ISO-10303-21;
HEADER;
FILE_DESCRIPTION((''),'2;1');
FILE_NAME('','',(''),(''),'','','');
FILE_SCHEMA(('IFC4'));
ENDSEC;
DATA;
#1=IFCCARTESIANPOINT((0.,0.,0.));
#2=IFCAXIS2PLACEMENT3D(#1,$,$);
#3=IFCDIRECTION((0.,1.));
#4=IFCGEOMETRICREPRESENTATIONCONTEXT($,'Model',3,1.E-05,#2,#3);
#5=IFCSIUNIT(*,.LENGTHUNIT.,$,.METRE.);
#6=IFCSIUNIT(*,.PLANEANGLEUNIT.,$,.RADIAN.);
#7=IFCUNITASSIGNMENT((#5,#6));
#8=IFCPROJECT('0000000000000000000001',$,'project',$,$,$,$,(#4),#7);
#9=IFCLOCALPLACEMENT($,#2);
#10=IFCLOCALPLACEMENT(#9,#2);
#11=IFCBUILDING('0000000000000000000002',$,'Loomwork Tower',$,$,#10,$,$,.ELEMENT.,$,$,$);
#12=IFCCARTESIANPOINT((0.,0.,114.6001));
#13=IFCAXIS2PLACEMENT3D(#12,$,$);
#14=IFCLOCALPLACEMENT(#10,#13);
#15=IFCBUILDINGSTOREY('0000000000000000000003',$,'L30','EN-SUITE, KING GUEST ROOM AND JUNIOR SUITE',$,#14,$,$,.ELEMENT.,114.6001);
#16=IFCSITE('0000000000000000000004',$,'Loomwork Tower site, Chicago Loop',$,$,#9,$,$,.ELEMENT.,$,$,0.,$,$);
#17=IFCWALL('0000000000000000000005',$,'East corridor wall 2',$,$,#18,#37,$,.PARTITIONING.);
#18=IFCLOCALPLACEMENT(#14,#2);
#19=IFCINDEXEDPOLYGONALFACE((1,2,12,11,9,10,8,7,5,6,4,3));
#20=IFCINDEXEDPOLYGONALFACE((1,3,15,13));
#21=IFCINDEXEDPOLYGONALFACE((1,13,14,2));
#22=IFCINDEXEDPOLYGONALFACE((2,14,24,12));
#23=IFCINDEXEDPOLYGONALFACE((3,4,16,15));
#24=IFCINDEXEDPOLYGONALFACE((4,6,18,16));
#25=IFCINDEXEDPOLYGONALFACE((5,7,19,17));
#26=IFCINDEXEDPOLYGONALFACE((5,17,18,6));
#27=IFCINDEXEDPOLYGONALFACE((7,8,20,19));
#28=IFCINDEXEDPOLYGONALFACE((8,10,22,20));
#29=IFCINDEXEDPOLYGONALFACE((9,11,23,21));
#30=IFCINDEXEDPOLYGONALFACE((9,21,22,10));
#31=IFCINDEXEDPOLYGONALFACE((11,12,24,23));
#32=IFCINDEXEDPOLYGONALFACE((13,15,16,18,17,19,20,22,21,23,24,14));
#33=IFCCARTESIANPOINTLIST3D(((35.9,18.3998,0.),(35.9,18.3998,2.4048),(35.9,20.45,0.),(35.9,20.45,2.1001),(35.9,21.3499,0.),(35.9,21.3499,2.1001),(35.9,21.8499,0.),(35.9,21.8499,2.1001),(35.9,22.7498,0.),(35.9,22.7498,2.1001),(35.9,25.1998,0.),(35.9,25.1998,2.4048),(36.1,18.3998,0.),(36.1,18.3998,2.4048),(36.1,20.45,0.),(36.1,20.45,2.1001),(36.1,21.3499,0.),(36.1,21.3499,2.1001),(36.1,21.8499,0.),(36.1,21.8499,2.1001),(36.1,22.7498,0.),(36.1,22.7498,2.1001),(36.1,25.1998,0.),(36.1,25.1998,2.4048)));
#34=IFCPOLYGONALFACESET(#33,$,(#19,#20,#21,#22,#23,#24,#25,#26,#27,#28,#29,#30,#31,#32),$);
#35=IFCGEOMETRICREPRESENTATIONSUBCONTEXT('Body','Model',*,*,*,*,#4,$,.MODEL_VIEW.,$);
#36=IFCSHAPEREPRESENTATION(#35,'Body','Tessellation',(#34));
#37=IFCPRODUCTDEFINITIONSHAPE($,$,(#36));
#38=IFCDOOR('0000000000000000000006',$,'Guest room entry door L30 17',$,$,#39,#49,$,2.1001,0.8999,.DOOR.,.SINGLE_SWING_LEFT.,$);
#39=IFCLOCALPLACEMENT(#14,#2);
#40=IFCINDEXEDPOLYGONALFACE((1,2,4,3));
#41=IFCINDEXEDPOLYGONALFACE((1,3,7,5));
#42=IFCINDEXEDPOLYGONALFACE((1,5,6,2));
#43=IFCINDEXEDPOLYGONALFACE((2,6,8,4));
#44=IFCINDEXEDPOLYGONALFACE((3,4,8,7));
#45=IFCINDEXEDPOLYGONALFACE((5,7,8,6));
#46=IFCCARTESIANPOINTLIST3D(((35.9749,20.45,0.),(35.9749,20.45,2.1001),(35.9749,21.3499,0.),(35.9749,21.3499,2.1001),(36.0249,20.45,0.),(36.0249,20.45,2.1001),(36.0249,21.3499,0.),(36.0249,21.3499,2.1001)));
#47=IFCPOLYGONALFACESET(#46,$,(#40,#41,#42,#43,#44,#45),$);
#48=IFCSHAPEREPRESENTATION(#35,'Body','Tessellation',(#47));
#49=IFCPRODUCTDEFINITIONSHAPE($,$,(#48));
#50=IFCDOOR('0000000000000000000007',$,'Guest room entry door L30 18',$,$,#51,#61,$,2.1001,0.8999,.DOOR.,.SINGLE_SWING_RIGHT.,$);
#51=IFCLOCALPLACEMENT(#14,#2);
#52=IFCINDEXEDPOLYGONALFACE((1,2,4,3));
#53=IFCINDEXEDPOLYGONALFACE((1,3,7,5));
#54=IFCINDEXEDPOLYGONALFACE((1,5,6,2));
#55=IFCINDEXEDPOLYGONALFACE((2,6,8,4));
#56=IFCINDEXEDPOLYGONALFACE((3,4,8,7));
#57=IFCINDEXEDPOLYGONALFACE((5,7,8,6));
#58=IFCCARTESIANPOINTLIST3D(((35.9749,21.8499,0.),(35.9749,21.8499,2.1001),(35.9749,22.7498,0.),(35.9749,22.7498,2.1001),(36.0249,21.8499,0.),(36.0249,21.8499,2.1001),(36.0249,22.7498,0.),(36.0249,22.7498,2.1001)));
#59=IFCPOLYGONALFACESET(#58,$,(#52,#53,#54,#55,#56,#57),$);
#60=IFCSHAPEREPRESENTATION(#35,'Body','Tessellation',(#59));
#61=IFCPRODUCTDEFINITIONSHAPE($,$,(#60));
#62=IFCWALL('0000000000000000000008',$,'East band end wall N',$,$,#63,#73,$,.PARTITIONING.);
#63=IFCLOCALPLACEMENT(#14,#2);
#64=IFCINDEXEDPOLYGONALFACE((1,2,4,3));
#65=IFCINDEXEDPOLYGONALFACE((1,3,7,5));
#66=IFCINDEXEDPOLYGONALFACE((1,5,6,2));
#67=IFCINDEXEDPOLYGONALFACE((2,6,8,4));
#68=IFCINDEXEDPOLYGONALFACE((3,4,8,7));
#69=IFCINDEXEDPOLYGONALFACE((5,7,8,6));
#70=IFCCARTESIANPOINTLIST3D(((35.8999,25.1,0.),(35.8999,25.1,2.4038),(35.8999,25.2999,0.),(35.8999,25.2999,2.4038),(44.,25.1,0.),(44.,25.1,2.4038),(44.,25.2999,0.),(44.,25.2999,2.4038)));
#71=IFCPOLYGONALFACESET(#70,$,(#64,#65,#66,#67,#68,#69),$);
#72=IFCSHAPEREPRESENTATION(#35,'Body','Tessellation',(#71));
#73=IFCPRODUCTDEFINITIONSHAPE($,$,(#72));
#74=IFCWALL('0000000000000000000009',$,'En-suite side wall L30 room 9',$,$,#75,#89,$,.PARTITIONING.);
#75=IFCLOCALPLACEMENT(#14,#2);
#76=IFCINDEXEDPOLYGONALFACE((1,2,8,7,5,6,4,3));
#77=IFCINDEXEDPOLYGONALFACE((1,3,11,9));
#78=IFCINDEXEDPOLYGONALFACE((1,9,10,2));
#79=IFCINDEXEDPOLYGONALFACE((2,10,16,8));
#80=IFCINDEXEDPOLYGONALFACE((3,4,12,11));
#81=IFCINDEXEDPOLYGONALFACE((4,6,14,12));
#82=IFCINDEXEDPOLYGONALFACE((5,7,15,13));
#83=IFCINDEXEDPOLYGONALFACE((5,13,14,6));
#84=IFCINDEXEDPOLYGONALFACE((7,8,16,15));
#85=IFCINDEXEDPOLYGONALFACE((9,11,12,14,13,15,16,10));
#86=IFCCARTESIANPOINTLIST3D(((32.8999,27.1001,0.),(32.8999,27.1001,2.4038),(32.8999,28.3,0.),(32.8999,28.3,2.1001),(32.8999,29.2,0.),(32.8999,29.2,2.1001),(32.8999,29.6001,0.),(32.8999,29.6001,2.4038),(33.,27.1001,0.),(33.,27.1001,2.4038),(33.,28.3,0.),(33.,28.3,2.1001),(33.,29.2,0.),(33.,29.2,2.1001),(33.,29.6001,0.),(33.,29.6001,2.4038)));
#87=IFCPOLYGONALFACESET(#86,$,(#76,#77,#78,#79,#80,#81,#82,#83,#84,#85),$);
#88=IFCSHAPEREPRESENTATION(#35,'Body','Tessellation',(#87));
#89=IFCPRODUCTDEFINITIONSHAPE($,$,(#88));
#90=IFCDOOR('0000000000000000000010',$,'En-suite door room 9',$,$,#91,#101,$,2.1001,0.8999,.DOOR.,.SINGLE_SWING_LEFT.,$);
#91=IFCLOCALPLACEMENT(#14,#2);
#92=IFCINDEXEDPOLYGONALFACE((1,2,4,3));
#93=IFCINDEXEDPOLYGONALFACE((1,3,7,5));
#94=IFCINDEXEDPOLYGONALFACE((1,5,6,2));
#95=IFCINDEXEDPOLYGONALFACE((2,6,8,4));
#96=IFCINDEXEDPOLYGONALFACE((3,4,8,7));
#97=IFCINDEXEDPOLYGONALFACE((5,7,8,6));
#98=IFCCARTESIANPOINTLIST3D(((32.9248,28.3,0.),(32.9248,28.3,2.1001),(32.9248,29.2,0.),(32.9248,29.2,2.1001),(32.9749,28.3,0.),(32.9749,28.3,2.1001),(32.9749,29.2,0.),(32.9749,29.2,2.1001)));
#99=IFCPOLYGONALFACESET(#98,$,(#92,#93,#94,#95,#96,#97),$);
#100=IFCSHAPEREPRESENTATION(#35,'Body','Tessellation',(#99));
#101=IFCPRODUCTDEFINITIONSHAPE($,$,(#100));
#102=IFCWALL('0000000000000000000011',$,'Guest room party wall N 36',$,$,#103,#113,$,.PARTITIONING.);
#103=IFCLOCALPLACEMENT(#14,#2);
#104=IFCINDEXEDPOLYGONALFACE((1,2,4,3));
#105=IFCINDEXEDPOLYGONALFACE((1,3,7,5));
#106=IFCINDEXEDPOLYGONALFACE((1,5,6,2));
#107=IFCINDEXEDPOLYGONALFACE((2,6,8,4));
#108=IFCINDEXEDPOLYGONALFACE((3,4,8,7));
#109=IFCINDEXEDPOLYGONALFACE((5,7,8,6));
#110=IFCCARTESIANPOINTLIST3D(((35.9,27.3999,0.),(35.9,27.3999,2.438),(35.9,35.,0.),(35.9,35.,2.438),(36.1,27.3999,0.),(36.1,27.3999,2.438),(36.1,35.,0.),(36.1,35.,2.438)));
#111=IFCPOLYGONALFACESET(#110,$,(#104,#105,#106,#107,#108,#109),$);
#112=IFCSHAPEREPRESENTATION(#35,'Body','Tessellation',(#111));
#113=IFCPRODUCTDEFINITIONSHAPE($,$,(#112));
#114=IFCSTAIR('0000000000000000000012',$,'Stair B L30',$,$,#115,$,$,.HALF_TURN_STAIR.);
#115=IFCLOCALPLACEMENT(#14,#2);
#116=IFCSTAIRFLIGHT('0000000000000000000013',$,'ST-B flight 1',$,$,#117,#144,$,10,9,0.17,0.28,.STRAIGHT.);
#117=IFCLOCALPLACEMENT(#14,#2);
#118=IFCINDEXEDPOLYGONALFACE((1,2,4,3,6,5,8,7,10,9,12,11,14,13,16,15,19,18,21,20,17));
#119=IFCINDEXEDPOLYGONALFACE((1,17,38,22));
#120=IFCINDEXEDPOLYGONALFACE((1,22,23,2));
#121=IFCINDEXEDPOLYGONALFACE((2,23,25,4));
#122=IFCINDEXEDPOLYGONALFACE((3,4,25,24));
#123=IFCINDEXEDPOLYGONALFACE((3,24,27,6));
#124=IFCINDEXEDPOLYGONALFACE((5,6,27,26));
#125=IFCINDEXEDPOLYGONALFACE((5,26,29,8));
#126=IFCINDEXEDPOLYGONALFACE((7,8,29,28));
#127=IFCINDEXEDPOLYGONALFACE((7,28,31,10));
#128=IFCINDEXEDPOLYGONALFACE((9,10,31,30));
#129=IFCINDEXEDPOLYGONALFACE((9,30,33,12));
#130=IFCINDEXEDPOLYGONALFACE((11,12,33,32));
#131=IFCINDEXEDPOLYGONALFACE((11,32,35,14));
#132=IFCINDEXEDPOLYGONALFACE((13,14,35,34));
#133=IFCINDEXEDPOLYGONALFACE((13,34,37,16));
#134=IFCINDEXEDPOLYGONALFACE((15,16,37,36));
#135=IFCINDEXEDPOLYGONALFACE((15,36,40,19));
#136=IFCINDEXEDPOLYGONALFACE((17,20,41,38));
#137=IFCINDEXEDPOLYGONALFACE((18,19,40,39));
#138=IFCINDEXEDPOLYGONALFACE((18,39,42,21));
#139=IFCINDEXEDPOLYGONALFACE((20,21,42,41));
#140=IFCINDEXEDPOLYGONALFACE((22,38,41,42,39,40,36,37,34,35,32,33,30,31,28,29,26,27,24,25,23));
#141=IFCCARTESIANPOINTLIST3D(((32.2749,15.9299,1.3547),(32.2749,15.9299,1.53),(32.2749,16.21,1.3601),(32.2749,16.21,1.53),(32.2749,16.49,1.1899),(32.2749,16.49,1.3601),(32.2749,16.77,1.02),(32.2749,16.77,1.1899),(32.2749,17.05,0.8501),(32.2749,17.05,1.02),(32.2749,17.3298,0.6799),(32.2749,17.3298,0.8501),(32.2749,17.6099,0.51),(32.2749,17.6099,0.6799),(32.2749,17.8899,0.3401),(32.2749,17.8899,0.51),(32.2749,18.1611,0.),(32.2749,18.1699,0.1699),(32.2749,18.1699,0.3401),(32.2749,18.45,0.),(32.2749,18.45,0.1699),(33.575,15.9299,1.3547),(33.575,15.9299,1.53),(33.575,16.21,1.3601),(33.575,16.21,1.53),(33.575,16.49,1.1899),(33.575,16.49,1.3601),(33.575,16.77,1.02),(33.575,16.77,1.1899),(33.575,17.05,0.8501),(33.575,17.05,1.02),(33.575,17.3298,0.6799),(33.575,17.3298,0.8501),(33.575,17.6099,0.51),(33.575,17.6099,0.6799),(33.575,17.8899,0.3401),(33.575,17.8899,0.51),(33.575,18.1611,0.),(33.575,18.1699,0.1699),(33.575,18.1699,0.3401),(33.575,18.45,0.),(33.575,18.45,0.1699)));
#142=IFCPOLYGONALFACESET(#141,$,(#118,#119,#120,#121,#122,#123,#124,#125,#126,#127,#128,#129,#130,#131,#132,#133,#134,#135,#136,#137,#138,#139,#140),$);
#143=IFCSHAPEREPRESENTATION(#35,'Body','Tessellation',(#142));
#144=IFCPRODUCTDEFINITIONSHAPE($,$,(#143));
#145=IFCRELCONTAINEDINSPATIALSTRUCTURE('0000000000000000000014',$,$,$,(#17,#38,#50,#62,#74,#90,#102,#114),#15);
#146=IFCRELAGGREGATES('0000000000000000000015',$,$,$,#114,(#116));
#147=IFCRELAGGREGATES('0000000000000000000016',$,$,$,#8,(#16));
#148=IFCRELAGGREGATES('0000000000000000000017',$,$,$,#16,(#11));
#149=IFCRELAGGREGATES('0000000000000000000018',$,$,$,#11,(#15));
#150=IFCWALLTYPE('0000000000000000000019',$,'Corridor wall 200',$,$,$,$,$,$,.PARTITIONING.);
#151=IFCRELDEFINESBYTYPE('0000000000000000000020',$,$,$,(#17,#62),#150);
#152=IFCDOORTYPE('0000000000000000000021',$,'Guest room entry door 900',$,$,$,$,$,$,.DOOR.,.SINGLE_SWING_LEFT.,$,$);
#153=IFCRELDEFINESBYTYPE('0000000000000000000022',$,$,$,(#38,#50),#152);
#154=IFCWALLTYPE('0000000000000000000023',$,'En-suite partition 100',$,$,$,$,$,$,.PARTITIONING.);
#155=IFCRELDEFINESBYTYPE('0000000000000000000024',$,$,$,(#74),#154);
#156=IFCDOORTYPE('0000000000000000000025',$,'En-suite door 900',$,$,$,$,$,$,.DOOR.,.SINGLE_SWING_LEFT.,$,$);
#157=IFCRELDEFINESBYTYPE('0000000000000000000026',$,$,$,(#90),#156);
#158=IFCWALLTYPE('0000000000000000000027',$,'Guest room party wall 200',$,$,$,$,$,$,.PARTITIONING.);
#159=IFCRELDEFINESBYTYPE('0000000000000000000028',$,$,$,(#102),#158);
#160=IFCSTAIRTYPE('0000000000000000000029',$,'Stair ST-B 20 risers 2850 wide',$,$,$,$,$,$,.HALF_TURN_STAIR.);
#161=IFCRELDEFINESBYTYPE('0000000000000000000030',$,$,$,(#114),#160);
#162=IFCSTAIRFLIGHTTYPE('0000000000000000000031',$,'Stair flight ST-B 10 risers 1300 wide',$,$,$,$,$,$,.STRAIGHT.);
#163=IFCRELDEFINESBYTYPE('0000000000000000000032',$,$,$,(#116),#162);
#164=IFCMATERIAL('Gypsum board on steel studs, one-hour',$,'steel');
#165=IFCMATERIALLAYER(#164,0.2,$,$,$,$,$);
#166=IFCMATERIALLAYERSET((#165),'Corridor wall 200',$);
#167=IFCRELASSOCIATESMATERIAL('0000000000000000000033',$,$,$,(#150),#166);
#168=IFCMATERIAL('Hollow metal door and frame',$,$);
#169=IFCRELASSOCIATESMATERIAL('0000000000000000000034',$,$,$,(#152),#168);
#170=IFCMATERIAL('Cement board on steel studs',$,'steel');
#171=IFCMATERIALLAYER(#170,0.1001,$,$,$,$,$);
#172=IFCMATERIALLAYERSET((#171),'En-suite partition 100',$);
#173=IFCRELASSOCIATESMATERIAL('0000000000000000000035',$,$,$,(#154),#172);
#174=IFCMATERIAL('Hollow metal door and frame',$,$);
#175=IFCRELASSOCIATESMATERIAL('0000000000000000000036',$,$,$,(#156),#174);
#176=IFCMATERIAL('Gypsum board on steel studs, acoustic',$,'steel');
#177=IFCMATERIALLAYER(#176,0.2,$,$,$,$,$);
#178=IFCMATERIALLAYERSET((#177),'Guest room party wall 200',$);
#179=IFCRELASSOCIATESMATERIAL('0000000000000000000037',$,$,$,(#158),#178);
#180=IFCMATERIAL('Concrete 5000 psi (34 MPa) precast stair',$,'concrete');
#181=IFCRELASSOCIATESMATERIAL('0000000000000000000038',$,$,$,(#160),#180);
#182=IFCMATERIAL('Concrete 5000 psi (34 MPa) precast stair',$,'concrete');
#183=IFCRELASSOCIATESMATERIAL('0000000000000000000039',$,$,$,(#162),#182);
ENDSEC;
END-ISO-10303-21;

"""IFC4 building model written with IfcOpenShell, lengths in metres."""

from ifc_helpers import new_model, si_unit, direction, frame, frame_2d, origin, place, context, subcontext, project, spatial, polyline, rectangle, outline, extrude, material, layer, layer_set, type_object, element, fill, aggregate, save


model = new_model("IFC4")

# Units and contexts
model_context = context("Model", 3, precision=1e-05, world=origin(), true_north=direction((0.0, 1.0)))
body_context = subcontext(model_context, "Body", "Model", "MODEL_VIEW")
ifc_project = project(units=[si_unit("LENGTHUNIT", "METRE"), si_unit("PLANEANGLEUNIT", "RADIAN")], contexts=[model_context])

# Site, building, storey
site_placement = place(None, origin())
site = spatial("IfcSite", under=ifc_project, at=site_placement, Name="Loomwork Tower site, Chicago Loop", CompositionType="ELEMENT", RefElevation=0.0)
building_placement = place(site_placement, origin())
building = spatial("IfcBuilding", under=site, at=building_placement, Name="Loomwork Tower", CompositionType="ELEMENT")
storey_placement = place(building_placement, frame((0.0, 0.0, 114.6001)))
storey = spatial("IfcBuildingStorey", under=building, at=storey_placement, Name="L30", Description="EN-SUITE, KING GUEST ROOM AND JUNIOR SUITE", CompositionType="ELEMENT", Elevation=114.6001)

# Wall, openings, doors
ifc_material_1 = material(Name="Gypsum board on steel studs, one-hour", Category="steel")
ifc_layer_1 = layer(ifc_material_1, 0.2)
ifc_layer_set_1 = layer_set([ifc_layer_1], Name="Corridor wall 200")
wall_type_1 = type_object("IfcWallType", Name="Corridor wall 200", PredefinedType="PARTITIONING", material=ifc_layer_set_1)
wall_1_placement = place(storey_placement, frame((36.0, 18.3999, 0.0), z_axis=(0.0, 0.0, 1.0), x_axis=(0.0, 1.0, 0.0)))
wall_1 = element("IfcWall", 1, at=wall_1_placement, inside=storey, type_object=wall_type_1, Name="East corridor wall 2", PredefinedType="PARTITIONING", context=body_context, shape_type="SweptSolid", body=[
    extrude(rectangle(XDim=6.8, YDim=0.2, at=frame_2d((3.3999, 0.0))), origin(), (0.0, 0.0, 1.0), 2.4048),
])
opening_1_placement = place(wall_1_placement, frame((2.05, 0.0, 0.0)))
opening_1 = element("IfcOpeningElement", 2, at=opening_1_placement, cuts=wall_1, PredefinedType="OPENING", context=body_context, shape_type="SweptSolid", body=[
    extrude(rectangle(XDim=0.8999, YDim=2.1001, at=frame_2d((0.45, 1.05))), frame((0.0, 0.1099, 0.0), z_axis=(0.0, -1.0, 0.0), x_axis=(1.0, 0.0, 0.0)), (0.0, 0.0, 1.0), 0.22),
])
opening_2_placement = place(wall_1_placement, frame((3.45, 0.0, 0.0)))
opening_2 = element("IfcOpeningElement", 3, at=opening_2_placement, cuts=wall_1, PredefinedType="OPENING", context=body_context, shape_type="SweptSolid", body=[
    extrude(rectangle(XDim=0.8999, YDim=2.1001, at=frame_2d((0.45, 1.05))), frame((0.0, 0.1099, 0.0), z_axis=(0.0, -1.0, 0.0), x_axis=(1.0, 0.0, 0.0)), (0.0, 0.0, 1.0), 0.22),
])
ifc_material_2 = material(Name="Hollow metal door and frame")
door_type_1 = type_object("IfcDoorType", Name="Guest room entry door 900", OperationType="SINGLE_SWING_LEFT", PredefinedType="DOOR", material=ifc_material_2)
door_1_placement = place(opening_1_placement, frame((0.8999, 0.0, 0.0), z_axis=(0.0, 0.0, 1.0), x_axis=(-1.0, 0.0, 0.0)))
door_1 = element("IfcDoor", 4, at=door_1_placement, inside=storey, type_object=door_type_1, Name="Guest room entry door L30 17", OperationType="SINGLE_SWING_LEFT", OverallHeight=2.1001, OverallWidth=0.8999, PredefinedType="DOOR", context=body_context, shape_type="SweptSolid", body=[
    extrude(rectangle(XDim=0.8999, YDim=2.1001, at=frame_2d((0.45, 1.05))), frame((0.0, 0.0249, 0.0), z_axis=(0.0, -1.0, 0.0), x_axis=(1.0, 0.0, 0.0)), (0.0, 0.0, 1.0), 0.05),
])
fill(opening_1, door_1)
door_2_placement = place(opening_2_placement, frame((0.8999, 0.0, 0.0), z_axis=(0.0, 0.0, 1.0), x_axis=(-1.0, 0.0, 0.0)))
door_2 = element("IfcDoor", 5, at=door_2_placement, inside=storey, type_object=door_type_1, Name="Guest room entry door L30 18", OperationType="SINGLE_SWING_RIGHT", OverallHeight=2.1001, OverallWidth=0.8999, PredefinedType="DOOR", context=body_context, shape_type="SweptSolid", body=[
    extrude(rectangle(XDim=0.8999, YDim=2.1001, at=frame_2d((0.45, 1.05))), frame((0.0, 0.0249, 0.0), z_axis=(0.0, -1.0, 0.0), x_axis=(1.0, 0.0, 0.0)), (0.0, 0.0, 1.0), 0.05),
])
fill(opening_2, door_2)

# Wall
wall_2_placement = place(storey_placement, frame((35.8999, 25.2, 0.0), z_axis=(0.0, 0.0, 1.0), x_axis=(1.0, 0.0, 0.0)))
element("IfcWall", 6, at=wall_2_placement, inside=storey, type_object=wall_type_1, Name="East band end wall N", PredefinedType="PARTITIONING", context=body_context, shape_type="SweptSolid", body=[
    extrude(rectangle(XDim=8.1001, YDim=0.2, at=frame_2d((4.05, 0.0))), origin(), (0.0, 0.0, 1.0), 2.4038),
])

# Wall, opening, door
ifc_material_3 = material(Name="Cement board on steel studs", Category="steel")
ifc_layer_2 = layer(ifc_material_3, 0.1001)
ifc_layer_set_2 = layer_set([ifc_layer_2], Name="En-suite partition 100")
wall_type_2 = type_object("IfcWallType", Name="En-suite partition 100", PredefinedType="PARTITIONING", material=ifc_layer_set_2)
wall_3_placement = place(storey_placement, frame((32.95, 27.1001, 0.0), z_axis=(0.0, 0.0, 1.0), x_axis=(0.0, 1.0, 0.0)))
wall_3 = element("IfcWall", 7, at=wall_3_placement, inside=storey, type_object=wall_type_2, Name="En-suite side wall L30 room 9", PredefinedType="PARTITIONING", context=body_context, shape_type="SweptSolid", body=[
    extrude(rectangle(XDim=2.5, YDim=0.1001, at=frame_2d((1.25, 0.0))), origin(), (0.0, 0.0, 1.0), 2.4038),
])
opening_3_placement = place(wall_3_placement, frame((1.2, 0.0, 0.0)))
opening_3 = element("IfcOpeningElement", 8, at=opening_3_placement, cuts=wall_3, PredefinedType="OPENING", context=body_context, shape_type="SweptSolid", body=[
    extrude(rectangle(XDim=0.8999, YDim=2.1001, at=frame_2d((0.45, 1.05))), frame((0.0, 0.0601, 0.0), z_axis=(0.0, -1.0, 0.0), x_axis=(1.0, 0.0, 0.0)), (0.0, 0.0, 1.0), 0.1201),
])
ifc_material_4 = material(Name="Hollow metal door and frame")
door_type_2 = type_object("IfcDoorType", Name="En-suite door 900", OperationType="SINGLE_SWING_LEFT", PredefinedType="DOOR", material=ifc_material_4)
door_3_placement = place(opening_3_placement, frame((0.8999, 0.0, 0.0), z_axis=(0.0, 0.0, 1.0), x_axis=(-1.0, 0.0, 0.0)))
door_3 = element("IfcDoor", 9, at=door_3_placement, inside=storey, type_object=door_type_2, Name="En-suite door room 9", OperationType="SINGLE_SWING_LEFT", OverallHeight=2.1001, OverallWidth=0.8999, PredefinedType="DOOR", context=body_context, shape_type="SweptSolid", body=[
    extrude(rectangle(XDim=0.8999, YDim=2.1001, at=frame_2d((0.45, 1.05))), frame((0.0, 0.0249, 0.0), z_axis=(0.0, -1.0, 0.0), x_axis=(1.0, 0.0, 0.0)), (0.0, 0.0, 1.0), 0.05),
])
fill(opening_3, door_3)

# Wall
ifc_material_5 = material(Name="Gypsum board on steel studs, acoustic", Category="steel")
ifc_layer_3 = layer(ifc_material_5, 0.2)
ifc_layer_set_3 = layer_set([ifc_layer_3], Name="Guest room party wall 200")
wall_type_3 = type_object("IfcWallType", Name="Guest room party wall 200", PredefinedType="PARTITIONING", material=ifc_layer_set_3)
wall_4_placement = place(storey_placement, frame((36.0, 27.3999, 0.0), z_axis=(0.0, 0.0, 1.0), x_axis=(0.0, 1.0, 0.0)))
element("IfcWall", 10, at=wall_4_placement, inside=storey, type_object=wall_type_3, Name="Guest room party wall N 36", PredefinedType="PARTITIONING", context=body_context, shape_type="SweptSolid", body=[
    extrude(rectangle(XDim=7.6001, YDim=0.2, at=frame_2d((3.8, 0.0))), origin(), (0.0, 0.0, 1.0), 2.438),
])

# Stair, stair flight
ifc_material_6 = material(Name="Concrete 5000 psi (34 MPa) precast stair", Category="concrete")
stair_type = type_object("IfcStairType", Name="Stair ST-B 20 risers 2850 wide", PredefinedType="HALF_TURN_STAIR", material=ifc_material_6)
stair_placement = place(storey_placement, origin())
stair = element("IfcStair", 11, at=stair_placement, inside=storey, type_object=stair_type, Name="Stair B L30", PredefinedType="HALF_TURN_STAIR")
ifc_material_7 = material(Name="Concrete 5000 psi (34 MPa) precast stair", Category="concrete")
stair_flight_type = type_object("IfcStairFlightType", Name="Stair flight ST-B 10 risers 1300 wide", PredefinedType="STRAIGHT", material=ifc_material_7)
stair_flight_placement = place(storey_placement, frame((32.925, 18.45, 0.0), z_axis=(0.0, 0.0, 1.0), x_axis=(0.0, -1.0, 0.0)))
stair_flight = element("IfcStairFlight", 12, at=stair_flight_placement, type_object=stair_flight_type, Name="ST-B flight 1", NumberOfRisers=10, NumberOfTreads=9, PredefinedType="STRAIGHT", RiserHeight=0.17, TreadLength=0.28, context=body_context, shape_type="SweptSolid", body=[
    extrude(outline(polyline([(0.0, 0.0), (0.0, 0.1699), (0.28, 0.1699), (0.28, 0.3401), (0.5601, 0.3401), (0.5601, 0.51), (0.8401, 0.51), (0.8401, 0.6799), (1.1201, 0.6799), (1.1201, 0.8501), (1.3999, 0.8501), (1.3999, 1.02), (1.6799, 1.02), (1.6799, 1.1899), (1.96, 1.1899), (1.96, 1.3601), (2.24, 1.3601), (2.24, 1.53), (2.52, 1.53), (2.52, 1.7), (2.52, 1.3547), (0.2888, 0.0), (0.0, 0.0)])), frame((0.0, 0.6499, 0.0), z_axis=(0.0, -1.0, 0.0), x_axis=(1.0, 0.0, 0.0)), (0.0, 0.0, 1.0), 1.3),
])
aggregate(stair, [stair_flight])

save(model, "model.ifc")
